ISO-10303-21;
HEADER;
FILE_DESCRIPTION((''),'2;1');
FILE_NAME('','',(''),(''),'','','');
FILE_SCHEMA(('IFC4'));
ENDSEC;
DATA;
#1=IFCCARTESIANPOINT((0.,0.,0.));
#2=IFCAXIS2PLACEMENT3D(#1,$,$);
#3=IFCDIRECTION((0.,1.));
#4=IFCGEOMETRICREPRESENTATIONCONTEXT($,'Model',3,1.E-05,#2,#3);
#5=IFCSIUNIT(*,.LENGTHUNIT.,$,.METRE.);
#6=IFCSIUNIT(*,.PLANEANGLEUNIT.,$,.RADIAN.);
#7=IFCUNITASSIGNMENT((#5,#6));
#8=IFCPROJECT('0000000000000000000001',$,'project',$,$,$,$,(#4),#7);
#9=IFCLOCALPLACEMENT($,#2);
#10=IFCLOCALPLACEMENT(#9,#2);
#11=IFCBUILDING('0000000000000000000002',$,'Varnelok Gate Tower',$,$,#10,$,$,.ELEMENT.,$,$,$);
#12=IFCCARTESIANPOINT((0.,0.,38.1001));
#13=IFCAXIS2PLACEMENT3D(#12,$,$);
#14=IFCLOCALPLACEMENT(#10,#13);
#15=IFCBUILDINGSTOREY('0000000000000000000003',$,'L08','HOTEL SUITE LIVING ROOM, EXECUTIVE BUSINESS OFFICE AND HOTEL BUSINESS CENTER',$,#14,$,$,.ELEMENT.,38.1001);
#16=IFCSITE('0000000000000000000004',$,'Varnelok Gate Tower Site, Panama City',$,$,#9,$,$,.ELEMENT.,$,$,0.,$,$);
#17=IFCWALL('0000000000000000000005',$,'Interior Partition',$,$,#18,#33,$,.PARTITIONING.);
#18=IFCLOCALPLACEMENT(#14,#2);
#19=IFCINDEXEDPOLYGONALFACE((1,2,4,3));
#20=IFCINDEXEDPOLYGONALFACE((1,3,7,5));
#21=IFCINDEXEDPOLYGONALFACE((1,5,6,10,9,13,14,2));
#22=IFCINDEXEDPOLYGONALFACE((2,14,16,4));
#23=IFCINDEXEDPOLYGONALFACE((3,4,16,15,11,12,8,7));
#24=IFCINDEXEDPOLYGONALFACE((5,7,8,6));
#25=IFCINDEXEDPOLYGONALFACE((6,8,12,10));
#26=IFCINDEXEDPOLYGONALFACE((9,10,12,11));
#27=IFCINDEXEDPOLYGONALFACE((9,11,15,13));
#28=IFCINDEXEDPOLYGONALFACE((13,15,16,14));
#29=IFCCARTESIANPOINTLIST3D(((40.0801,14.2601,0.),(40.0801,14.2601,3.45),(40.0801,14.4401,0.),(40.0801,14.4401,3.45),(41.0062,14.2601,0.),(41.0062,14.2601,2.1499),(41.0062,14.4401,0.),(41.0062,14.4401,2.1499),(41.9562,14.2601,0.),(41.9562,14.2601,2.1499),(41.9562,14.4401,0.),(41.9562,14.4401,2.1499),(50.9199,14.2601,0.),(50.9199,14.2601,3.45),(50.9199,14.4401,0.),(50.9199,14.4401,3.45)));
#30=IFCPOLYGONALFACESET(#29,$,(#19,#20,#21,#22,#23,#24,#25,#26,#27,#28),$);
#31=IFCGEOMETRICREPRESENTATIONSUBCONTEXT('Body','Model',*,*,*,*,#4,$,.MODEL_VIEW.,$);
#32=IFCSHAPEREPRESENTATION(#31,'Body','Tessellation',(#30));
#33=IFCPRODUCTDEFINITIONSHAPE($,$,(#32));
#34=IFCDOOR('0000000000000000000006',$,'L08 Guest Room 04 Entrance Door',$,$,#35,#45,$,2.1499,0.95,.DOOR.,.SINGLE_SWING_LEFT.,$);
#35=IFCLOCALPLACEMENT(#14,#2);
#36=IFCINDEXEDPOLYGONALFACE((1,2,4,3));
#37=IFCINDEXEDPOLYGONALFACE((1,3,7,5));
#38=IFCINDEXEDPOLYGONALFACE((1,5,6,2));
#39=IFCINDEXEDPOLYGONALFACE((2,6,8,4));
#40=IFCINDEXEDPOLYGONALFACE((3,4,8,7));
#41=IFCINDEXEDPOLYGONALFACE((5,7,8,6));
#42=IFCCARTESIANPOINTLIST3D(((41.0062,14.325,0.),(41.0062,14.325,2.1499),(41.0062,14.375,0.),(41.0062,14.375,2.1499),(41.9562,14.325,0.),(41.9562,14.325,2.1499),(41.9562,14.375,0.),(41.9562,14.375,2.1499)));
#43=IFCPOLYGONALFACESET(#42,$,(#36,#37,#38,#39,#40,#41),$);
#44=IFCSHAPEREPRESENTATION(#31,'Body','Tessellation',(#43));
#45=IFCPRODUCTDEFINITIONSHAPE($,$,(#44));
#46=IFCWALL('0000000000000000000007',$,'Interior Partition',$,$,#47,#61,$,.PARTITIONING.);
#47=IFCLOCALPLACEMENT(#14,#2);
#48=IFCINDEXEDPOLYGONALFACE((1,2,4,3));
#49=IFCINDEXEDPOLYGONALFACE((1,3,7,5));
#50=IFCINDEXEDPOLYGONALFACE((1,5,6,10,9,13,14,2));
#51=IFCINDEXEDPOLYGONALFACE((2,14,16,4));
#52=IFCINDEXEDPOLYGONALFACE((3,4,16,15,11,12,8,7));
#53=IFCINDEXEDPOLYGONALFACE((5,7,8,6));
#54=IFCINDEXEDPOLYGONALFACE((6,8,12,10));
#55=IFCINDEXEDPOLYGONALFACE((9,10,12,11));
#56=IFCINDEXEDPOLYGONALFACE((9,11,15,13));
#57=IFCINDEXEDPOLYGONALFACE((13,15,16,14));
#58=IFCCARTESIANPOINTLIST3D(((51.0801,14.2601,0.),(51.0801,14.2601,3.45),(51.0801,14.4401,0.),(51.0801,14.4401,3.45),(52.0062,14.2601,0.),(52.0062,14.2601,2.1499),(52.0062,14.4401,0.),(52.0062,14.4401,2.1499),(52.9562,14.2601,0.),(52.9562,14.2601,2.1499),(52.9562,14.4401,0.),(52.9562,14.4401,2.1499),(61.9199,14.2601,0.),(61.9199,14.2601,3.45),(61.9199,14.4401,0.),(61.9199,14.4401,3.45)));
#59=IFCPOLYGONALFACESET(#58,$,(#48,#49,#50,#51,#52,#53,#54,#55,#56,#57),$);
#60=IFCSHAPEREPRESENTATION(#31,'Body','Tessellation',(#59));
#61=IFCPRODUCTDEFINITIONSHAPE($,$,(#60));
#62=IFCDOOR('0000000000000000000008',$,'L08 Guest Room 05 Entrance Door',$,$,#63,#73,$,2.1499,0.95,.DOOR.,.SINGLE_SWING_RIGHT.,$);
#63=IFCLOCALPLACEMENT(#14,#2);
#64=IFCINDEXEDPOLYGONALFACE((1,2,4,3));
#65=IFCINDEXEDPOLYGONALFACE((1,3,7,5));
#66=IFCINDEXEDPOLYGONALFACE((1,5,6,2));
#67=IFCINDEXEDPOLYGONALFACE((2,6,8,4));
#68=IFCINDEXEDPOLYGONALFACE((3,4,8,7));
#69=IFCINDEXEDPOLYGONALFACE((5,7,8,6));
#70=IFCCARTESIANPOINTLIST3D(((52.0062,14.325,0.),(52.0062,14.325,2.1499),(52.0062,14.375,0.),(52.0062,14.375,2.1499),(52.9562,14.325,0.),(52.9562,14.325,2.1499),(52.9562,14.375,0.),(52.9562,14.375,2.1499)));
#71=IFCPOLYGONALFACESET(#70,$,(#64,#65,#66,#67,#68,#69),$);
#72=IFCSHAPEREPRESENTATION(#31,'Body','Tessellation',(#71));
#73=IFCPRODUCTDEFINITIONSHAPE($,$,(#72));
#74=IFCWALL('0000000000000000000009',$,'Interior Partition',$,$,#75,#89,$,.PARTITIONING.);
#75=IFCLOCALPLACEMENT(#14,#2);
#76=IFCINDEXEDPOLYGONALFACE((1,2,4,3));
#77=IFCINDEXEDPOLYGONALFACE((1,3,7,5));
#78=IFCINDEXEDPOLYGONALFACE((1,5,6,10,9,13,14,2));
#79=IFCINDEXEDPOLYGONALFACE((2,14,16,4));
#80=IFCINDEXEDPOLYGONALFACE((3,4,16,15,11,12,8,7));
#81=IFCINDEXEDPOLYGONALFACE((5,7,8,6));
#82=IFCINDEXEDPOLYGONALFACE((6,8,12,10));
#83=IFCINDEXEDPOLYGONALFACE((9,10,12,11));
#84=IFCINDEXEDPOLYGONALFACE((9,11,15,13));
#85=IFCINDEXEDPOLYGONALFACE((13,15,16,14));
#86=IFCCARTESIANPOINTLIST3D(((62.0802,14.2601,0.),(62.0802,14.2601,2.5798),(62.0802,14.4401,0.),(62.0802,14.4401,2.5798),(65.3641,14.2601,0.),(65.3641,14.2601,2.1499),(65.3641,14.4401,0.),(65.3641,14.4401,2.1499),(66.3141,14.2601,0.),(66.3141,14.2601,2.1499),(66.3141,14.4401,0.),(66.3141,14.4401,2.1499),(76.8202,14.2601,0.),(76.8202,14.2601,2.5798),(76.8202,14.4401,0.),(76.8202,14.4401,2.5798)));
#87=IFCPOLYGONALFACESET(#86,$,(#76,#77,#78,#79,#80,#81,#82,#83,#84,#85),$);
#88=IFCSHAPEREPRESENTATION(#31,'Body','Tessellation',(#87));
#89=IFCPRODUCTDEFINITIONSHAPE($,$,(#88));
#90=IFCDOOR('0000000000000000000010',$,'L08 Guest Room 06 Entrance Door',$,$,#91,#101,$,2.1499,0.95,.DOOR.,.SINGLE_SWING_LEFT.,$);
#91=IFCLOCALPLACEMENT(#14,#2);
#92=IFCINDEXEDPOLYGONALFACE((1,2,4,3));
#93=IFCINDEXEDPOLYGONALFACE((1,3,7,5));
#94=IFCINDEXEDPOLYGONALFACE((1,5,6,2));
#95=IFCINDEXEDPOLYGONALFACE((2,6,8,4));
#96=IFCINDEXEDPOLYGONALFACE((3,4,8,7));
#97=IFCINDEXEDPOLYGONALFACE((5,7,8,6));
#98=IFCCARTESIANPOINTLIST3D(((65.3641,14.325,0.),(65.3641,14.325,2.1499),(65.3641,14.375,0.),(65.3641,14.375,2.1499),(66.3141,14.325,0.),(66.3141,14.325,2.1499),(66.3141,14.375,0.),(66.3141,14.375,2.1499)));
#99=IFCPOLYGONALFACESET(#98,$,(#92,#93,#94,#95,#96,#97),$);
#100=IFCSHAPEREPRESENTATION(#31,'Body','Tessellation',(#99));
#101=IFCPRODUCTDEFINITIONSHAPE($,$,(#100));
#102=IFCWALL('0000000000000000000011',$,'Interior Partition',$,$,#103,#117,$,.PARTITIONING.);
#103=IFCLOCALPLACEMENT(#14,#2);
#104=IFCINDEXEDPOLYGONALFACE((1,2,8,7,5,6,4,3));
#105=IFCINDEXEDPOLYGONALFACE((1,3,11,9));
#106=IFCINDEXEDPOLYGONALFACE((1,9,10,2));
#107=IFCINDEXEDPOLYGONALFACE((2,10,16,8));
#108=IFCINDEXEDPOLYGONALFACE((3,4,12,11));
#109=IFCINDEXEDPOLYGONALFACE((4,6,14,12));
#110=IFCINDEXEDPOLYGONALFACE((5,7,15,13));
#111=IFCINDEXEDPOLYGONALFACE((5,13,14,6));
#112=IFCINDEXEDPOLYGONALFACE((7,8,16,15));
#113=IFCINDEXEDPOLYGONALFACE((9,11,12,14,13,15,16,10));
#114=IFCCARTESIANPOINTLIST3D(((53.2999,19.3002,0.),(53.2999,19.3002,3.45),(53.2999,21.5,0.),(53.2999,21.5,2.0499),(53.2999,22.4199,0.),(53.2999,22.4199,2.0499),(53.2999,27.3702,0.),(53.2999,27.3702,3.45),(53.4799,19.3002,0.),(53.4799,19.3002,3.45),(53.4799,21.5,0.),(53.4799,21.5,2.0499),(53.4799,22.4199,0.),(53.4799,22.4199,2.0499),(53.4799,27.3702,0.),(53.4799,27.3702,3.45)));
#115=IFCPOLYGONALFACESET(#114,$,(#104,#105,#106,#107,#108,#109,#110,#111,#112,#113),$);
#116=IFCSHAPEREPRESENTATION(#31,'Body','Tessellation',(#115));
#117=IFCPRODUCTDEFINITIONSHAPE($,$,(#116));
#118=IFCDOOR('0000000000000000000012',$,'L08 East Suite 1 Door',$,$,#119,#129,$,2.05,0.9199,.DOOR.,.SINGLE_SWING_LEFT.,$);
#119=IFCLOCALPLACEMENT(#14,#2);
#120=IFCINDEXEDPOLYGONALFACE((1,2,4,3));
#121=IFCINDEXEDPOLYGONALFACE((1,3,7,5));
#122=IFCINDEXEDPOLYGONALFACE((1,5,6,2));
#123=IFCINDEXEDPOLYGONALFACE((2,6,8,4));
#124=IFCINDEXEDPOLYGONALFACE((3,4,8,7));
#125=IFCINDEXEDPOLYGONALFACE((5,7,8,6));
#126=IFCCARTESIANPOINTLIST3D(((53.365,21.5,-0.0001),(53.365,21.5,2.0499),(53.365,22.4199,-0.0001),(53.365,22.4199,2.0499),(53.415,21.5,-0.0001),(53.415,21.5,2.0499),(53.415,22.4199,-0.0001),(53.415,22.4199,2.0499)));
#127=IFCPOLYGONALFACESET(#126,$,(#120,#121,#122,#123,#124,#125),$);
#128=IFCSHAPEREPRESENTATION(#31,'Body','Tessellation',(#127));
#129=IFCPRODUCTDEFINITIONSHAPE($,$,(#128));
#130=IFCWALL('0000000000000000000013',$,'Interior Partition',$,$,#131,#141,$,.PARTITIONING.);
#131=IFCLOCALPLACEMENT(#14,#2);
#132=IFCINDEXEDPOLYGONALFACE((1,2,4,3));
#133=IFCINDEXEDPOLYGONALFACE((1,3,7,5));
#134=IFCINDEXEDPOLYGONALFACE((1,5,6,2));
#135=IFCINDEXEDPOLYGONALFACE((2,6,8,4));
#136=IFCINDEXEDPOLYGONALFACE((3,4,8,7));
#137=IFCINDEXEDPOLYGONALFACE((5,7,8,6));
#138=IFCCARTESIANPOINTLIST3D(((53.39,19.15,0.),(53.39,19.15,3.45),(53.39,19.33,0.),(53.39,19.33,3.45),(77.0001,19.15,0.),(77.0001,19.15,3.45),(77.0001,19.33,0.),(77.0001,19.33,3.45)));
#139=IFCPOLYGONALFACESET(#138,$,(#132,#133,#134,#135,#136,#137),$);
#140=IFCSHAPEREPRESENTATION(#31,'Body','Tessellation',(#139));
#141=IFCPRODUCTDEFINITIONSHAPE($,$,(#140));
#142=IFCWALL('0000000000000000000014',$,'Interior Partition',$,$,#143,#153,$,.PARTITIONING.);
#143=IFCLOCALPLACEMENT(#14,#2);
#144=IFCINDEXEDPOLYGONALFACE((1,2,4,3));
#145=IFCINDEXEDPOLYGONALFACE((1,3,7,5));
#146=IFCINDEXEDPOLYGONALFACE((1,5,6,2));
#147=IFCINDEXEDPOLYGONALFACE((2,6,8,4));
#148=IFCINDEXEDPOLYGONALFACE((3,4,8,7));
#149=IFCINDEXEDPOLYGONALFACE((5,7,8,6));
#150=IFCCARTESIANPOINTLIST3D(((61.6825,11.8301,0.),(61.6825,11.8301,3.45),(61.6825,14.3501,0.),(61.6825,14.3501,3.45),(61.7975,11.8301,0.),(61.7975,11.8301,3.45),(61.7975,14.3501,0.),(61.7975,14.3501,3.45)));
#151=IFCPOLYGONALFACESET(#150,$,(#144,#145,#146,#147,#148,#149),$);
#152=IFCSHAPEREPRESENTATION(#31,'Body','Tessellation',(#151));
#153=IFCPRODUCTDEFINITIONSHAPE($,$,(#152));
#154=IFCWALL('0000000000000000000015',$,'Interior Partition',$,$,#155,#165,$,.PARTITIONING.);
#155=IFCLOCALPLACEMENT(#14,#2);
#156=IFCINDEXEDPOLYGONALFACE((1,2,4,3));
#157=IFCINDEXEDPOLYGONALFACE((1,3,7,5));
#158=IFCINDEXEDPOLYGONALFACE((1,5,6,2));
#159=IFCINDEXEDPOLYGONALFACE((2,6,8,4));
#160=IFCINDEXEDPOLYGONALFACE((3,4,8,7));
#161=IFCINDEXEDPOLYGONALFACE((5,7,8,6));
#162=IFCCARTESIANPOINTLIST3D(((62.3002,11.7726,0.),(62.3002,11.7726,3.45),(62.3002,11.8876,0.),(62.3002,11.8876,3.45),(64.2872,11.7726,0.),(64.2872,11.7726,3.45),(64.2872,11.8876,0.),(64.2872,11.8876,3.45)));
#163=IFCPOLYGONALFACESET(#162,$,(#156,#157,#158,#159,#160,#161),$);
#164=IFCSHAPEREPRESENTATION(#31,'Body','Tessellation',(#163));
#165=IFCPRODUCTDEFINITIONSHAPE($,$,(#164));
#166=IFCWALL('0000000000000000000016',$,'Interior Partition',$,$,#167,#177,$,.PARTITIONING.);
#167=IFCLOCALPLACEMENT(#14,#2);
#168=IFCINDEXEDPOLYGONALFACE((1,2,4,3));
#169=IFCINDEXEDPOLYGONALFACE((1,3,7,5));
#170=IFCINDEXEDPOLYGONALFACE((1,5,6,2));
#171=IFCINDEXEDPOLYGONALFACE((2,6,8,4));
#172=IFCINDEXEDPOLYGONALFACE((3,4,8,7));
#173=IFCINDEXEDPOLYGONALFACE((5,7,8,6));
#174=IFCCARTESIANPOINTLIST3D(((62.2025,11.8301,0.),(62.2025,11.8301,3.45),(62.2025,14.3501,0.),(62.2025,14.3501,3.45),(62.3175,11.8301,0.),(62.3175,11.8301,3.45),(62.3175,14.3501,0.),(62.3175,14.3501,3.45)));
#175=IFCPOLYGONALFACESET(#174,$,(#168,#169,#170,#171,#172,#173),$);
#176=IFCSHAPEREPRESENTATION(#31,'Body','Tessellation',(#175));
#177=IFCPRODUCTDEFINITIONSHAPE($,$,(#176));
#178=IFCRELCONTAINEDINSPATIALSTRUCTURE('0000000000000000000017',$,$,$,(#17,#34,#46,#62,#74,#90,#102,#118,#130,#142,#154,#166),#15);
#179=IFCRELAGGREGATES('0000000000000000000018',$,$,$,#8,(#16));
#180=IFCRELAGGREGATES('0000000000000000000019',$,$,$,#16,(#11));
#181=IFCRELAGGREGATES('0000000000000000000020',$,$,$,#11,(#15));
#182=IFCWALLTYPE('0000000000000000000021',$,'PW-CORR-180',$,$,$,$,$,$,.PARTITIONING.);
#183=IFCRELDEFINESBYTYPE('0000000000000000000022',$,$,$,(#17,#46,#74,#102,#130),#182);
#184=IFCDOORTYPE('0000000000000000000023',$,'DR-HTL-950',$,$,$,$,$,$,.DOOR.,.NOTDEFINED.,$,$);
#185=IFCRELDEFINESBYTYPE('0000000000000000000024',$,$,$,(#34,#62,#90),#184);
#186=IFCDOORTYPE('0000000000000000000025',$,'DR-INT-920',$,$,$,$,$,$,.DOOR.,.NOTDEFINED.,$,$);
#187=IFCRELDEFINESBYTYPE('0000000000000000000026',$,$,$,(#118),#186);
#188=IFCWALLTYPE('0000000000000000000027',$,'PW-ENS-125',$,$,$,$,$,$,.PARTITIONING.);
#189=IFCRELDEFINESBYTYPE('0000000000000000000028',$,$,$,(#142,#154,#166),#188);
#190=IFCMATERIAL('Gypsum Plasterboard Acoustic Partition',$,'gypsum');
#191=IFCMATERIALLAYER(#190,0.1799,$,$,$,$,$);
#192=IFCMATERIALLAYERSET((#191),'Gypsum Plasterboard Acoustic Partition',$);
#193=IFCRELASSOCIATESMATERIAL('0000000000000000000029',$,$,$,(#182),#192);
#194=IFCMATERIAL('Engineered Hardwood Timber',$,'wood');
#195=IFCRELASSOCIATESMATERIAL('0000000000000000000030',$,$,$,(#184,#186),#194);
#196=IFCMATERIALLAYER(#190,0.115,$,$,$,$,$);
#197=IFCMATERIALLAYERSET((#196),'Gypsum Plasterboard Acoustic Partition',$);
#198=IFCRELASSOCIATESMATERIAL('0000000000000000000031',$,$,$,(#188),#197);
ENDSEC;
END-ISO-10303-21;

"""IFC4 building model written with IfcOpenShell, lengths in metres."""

from ifc_helpers import new_model, si_unit, direction, frame, frame_2d, origin, place, context, subcontext, project, spatial, rectangle, extrude, material, layer, layer_set, type_object, element, fill, save


model = new_model("IFC4")

# Units and contexts
model_context = context("Model", 3, precision=1e-05, world=origin(), true_north=direction((0.0, 1.0)))
body_context = subcontext(model_context, "Body", "Model", "MODEL_VIEW")
ifc_project = project(units=[si_unit("LENGTHUNIT", "METRE"), si_unit("PLANEANGLEUNIT", "RADIAN")], contexts=[model_context])

# Site, building, storey
site_placement = place(None, origin())
site = spatial("IfcSite", under=ifc_project, at=site_placement, Name="Varnelok Gate Tower Site, Panama City", CompositionType="ELEMENT", RefElevation=0.0)
building_placement = place(site_placement, origin())
building = spatial("IfcBuilding", under=site, at=building_placement, Name="Varnelok Gate Tower", CompositionType="ELEMENT")
storey_placement = place(building_placement, frame((0.0, 0.0, 38.1001)))
storey = spatial("IfcBuildingStorey", under=building, at=storey_placement, Name="L08", Description="HOTEL SUITE LIVING ROOM, EXECUTIVE BUSINESS OFFICE AND HOTEL BUSINESS CENTER", CompositionType="ELEMENT", Elevation=38.1001)

# Walls, openings, doors
ifc_material_1 = material(Name="Gypsum Plasterboard Acoustic Partition", Category="gypsum")
ifc_layer_1 = layer(ifc_material_1, 0.1799)
ifc_layer_set_1 = layer_set([ifc_layer_1], Name="Gypsum Plasterboard Acoustic Partition")
wall_type_1 = type_object("IfcWallType", Name="PW-CORR-180", PredefinedType="PARTITIONING", material=ifc_layer_set_1)
wall_1_placement = place(storey_placement, frame((40.0801, 14.3501, 0.0), z_axis=(0.0, 0.0, 1.0), x_axis=(1.0, 0.0, 0.0)))
wall_1 = element("IfcWall", 1, at=wall_1_placement, inside=storey, type_object=wall_type_1, Name="Interior Partition", PredefinedType="PARTITIONING", context=body_context, shape_type="SweptSolid", body=[
    extrude(rectangle(XDim=10.8398, YDim=0.1799, at=frame_2d((5.4199, 0.0))), origin(), (0.0, 0.0, 1.0), 3.45),
])
opening_1_placement = place(wall_1_placement, frame((0.926, 0.0, 0.0)))
opening_1 = element("IfcOpeningElement", 2, at=opening_1_placement, cuts=wall_1, PredefinedType="OPENING", context=body_context, shape_type="SweptSolid", body=[
    extrude(rectangle(XDim=0.95, YDim=2.1499, at=frame_2d((0.4751, 1.075))), frame((0.0, 0.0999, 0.0), z_axis=(0.0, -1.0, 0.0), x_axis=(1.0, 0.0, 0.0)), (0.0, 0.0, 1.0), 0.2),
])
ifc_material_2 = material(Name="Engineered Hardwood Timber", Category="wood")
door_type_1 = type_object("IfcDoorType", Name="DR-HTL-950", OperationType="NOTDEFINED", PredefinedType="DOOR", material=ifc_material_2)
door_1_placement = place(opening_1_placement, origin())
door_1 = element("IfcDoor", 3, at=door_1_placement, inside=storey, type_object=door_type_1, Name="L08 Guest Room 04 Entrance Door", OperationType="SINGLE_SWING_LEFT", OverallHeight=2.1499, OverallWidth=0.95, PredefinedType="DOOR", context=body_context, shape_type="SweptSolid", body=[
    extrude(rectangle(XDim=0.95, YDim=2.1499, at=frame_2d((0.4751, 1.075))), frame((0.0, 0.0249, 0.0), z_axis=(0.0, -1.0, 0.0), x_axis=(1.0, 0.0, 0.0)), (0.0, 0.0, 1.0), 0.05),
])
fill(opening_1, door_1)
wall_2_placement = place(storey_placement, frame((51.0801, 14.3501, 0.0), z_axis=(0.0, 0.0, 1.0), x_axis=(1.0, 0.0, 0.0)))
wall_2 = element("IfcWall", 4, at=wall_2_placement, inside=storey, type_object=wall_type_1, Name="Interior Partition", PredefinedType="PARTITIONING", context=body_context, shape_type="SweptSolid", body=[
    extrude(rectangle(XDim=10.8398, YDim=0.1799, at=frame_2d((5.4199, 0.0))), origin(), (0.0, 0.0, 1.0), 3.45),
])
opening_2_placement = place(wall_2_placement, frame((0.926, 0.0, 0.0)))
opening_2 = element("IfcOpeningElement", 5, at=opening_2_placement, cuts=wall_2, PredefinedType="OPENING", context=body_context, shape_type="SweptSolid", body=[
    extrude(rectangle(XDim=0.95, YDim=2.1499, at=frame_2d((0.4751, 1.075))), frame((0.0, 0.0999, 0.0), z_axis=(0.0, -1.0, 0.0), x_axis=(1.0, 0.0, 0.0)), (0.0, 0.0, 1.0), 0.2),
])
door_2_placement = place(opening_2_placement, origin())
door_2 = element("IfcDoor", 6, at=door_2_placement, inside=storey, type_object=door_type_1, Name="L08 Guest Room 05 Entrance Door", OperationType="SINGLE_SWING_RIGHT", OverallHeight=2.1499, OverallWidth=0.95, PredefinedType="DOOR", context=body_context, shape_type="SweptSolid", body=[
    extrude(rectangle(XDim=0.95, YDim=2.1499, at=frame_2d((0.4751, 1.075))), frame((0.0, 0.0249, 0.0), z_axis=(0.0, -1.0, 0.0), x_axis=(1.0, 0.0, 0.0)), (0.0, 0.0, 1.0), 0.05),
])
fill(opening_2, door_2)
wall_3_placement = place(storey_placement, frame((62.0801, 14.3501, 0.0), z_axis=(0.0, 0.0, 1.0), x_axis=(1.0, 0.0, 0.0)))
wall_3 = element("IfcWall", 7, at=wall_3_placement, inside=storey, type_object=wall_type_1, Name="Interior Partition", PredefinedType="PARTITIONING", context=body_context, shape_type="SweptSolid", body=[
    extrude(rectangle(XDim=14.74, YDim=0.1799, at=frame_2d((7.3701, 0.0))), origin(), (0.0, 0.0, 1.0), 2.5798),
])
opening_3_placement = place(wall_3_placement, frame((3.2839, 0.0, 0.0)))
opening_3 = element("IfcOpeningElement", 8, at=opening_3_placement, cuts=wall_3, PredefinedType="OPENING", context=body_context, shape_type="SweptSolid", body=[
    extrude(rectangle(XDim=0.95, YDim=2.1499, at=frame_2d((0.4751, 1.075))), frame((0.0, 0.0999, 0.0), z_axis=(0.0, -1.0, 0.0), x_axis=(1.0, 0.0, 0.0)), (0.0, 0.0, 1.0), 0.2),
])
door_3_placement = place(opening_3_placement, origin())
door_3 = element("IfcDoor", 9, at=door_3_placement, inside=storey, type_object=door_type_1, Name="L08 Guest Room 06 Entrance Door", OperationType="SINGLE_SWING_LEFT", OverallHeight=2.1499, OverallWidth=0.95, PredefinedType="DOOR", context=body_context, shape_type="SweptSolid", body=[
    extrude(rectangle(XDim=0.95, YDim=2.1499, at=frame_2d((0.4751, 1.075))), frame((0.0, 0.0249, 0.0), z_axis=(0.0, -1.0, 0.0), x_axis=(1.0, 0.0, 0.0)), (0.0, 0.0, 1.0), 0.05),
])
fill(opening_3, door_3)
wall_4_placement = place(storey_placement, frame((53.3899, 19.3, 0.0), z_axis=(0.0, 0.0, 1.0), x_axis=(0.0, 1.0, 0.0)))
wall_4 = element("IfcWall", 10, at=wall_4_placement, inside=storey, type_object=wall_type_1, Name="Interior Partition", PredefinedType="PARTITIONING", context=body_context, shape_type="SweptSolid", body=[
    extrude(rectangle(XDim=8.0701, YDim=0.1799, at=frame_2d((4.0352, 0.0))), origin(), (0.0, 0.0, 1.0), 3.45),
])
opening_4_placement = place(wall_4_placement, frame((2.2, 0.0, 0.0)))
opening_4 = element("IfcOpeningElement", 11, at=opening_4_placement, cuts=wall_4, PredefinedType="OPENING", context=body_context, shape_type="SweptSolid", body=[
    extrude(rectangle(XDim=0.9199, YDim=2.05, at=frame_2d((0.46, 1.0249))), frame((0.0, 0.0999, 0.0), z_axis=(0.0, -1.0, 0.0), x_axis=(1.0, 0.0, 0.0)), (0.0, 0.0, 1.0), 0.2),
])
door_type_2 = type_object("IfcDoorType", Name="DR-INT-920", OperationType="NOTDEFINED", PredefinedType="DOOR", material=ifc_material_2)
door_4_placement = place(opening_4_placement, origin())
door_4 = element("IfcDoor", 12, at=door_4_placement, inside=storey, type_object=door_type_2, Name="L08 East Suite 1 Door", OperationType="SINGLE_SWING_LEFT", OverallHeight=2.05, OverallWidth=0.9199, PredefinedType="DOOR", context=body_context, shape_type="SweptSolid", body=[
    extrude(rectangle(XDim=0.9199, YDim=2.05, at=frame_2d((0.46, 1.0249))), frame((0.0, 0.0249, 0.0), z_axis=(0.0, -1.0, 0.0), x_axis=(1.0, 0.0, 0.0)), (0.0, 0.0, 1.0), 0.05),
])
fill(opening_4, door_4)

# Walls
wall_5_placement = place(storey_placement, frame((53.3899, 19.24, 0.0), z_axis=(0.0, 0.0, 1.0), x_axis=(1.0, 0.0, 0.0)))
element("IfcWall", 13, at=wall_5_placement, inside=storey, type_object=wall_type_1, Name="Interior Partition", PredefinedType="PARTITIONING", context=body_context, shape_type="SweptSolid", body=[
    extrude(rectangle(XDim=23.6101, YDim=0.1799, at=frame_2d((11.8052, 0.0))), origin(), (0.0, 0.0, 1.0), 3.45),
])
ifc_layer_2 = layer(ifc_material_1, 0.115)
ifc_layer_set_2 = layer_set([ifc_layer_2], Name="Gypsum Plasterboard Acoustic Partition")
wall_type_2 = type_object("IfcWallType", Name="PW-ENS-125", PredefinedType="PARTITIONING", material=ifc_layer_set_2)
wall_6_placement = place(storey_placement, frame((61.74, 11.8301, 0.0), z_axis=(0.0, 0.0, 1.0), x_axis=(0.0, 1.0, 0.0)))
element("IfcWall", 14, at=wall_6_placement, inside=storey, type_object=wall_type_2, Name="Interior Partition", PredefinedType="PARTITIONING", context=body_context, shape_type="SweptSolid", body=[
    extrude(rectangle(XDim=2.52, YDim=0.115, at=frame_2d((1.26, 0.0))), origin(), (0.0, 0.0, 1.0), 3.45),
])
wall_7_placement = place(storey_placement, frame((62.3, 11.8301, 0.0), z_axis=(0.0, 0.0, 1.0), x_axis=(1.0, 0.0, 0.0)))
element("IfcWall", 15, at=wall_7_placement, inside=storey, type_object=wall_type_2, Name="Interior Partition", PredefinedType="PARTITIONING", context=body_context, shape_type="SweptSolid", body=[
    extrude(rectangle(XDim=1.9871, YDim=0.115, at=frame_2d((0.9937, 0.0))), origin(), (0.0, 0.0, 1.0), 3.45),
])
wall_8_placement = place(storey_placement, frame((62.26, 11.8301, 0.0), z_axis=(0.0, 0.0, 1.0), x_axis=(0.0, 1.0, 0.0)))
element("IfcWall", 16, at=wall_8_placement, inside=storey, type_object=wall_type_2, Name="Interior Partition", PredefinedType="PARTITIONING", context=body_context, shape_type="SweptSolid", body=[
    extrude(rectangle(XDim=2.52, YDim=0.115, at=frame_2d((1.26, 0.0))), origin(), (0.0, 0.0, 1.0), 3.45),
])

save(model, "model.ifc")
